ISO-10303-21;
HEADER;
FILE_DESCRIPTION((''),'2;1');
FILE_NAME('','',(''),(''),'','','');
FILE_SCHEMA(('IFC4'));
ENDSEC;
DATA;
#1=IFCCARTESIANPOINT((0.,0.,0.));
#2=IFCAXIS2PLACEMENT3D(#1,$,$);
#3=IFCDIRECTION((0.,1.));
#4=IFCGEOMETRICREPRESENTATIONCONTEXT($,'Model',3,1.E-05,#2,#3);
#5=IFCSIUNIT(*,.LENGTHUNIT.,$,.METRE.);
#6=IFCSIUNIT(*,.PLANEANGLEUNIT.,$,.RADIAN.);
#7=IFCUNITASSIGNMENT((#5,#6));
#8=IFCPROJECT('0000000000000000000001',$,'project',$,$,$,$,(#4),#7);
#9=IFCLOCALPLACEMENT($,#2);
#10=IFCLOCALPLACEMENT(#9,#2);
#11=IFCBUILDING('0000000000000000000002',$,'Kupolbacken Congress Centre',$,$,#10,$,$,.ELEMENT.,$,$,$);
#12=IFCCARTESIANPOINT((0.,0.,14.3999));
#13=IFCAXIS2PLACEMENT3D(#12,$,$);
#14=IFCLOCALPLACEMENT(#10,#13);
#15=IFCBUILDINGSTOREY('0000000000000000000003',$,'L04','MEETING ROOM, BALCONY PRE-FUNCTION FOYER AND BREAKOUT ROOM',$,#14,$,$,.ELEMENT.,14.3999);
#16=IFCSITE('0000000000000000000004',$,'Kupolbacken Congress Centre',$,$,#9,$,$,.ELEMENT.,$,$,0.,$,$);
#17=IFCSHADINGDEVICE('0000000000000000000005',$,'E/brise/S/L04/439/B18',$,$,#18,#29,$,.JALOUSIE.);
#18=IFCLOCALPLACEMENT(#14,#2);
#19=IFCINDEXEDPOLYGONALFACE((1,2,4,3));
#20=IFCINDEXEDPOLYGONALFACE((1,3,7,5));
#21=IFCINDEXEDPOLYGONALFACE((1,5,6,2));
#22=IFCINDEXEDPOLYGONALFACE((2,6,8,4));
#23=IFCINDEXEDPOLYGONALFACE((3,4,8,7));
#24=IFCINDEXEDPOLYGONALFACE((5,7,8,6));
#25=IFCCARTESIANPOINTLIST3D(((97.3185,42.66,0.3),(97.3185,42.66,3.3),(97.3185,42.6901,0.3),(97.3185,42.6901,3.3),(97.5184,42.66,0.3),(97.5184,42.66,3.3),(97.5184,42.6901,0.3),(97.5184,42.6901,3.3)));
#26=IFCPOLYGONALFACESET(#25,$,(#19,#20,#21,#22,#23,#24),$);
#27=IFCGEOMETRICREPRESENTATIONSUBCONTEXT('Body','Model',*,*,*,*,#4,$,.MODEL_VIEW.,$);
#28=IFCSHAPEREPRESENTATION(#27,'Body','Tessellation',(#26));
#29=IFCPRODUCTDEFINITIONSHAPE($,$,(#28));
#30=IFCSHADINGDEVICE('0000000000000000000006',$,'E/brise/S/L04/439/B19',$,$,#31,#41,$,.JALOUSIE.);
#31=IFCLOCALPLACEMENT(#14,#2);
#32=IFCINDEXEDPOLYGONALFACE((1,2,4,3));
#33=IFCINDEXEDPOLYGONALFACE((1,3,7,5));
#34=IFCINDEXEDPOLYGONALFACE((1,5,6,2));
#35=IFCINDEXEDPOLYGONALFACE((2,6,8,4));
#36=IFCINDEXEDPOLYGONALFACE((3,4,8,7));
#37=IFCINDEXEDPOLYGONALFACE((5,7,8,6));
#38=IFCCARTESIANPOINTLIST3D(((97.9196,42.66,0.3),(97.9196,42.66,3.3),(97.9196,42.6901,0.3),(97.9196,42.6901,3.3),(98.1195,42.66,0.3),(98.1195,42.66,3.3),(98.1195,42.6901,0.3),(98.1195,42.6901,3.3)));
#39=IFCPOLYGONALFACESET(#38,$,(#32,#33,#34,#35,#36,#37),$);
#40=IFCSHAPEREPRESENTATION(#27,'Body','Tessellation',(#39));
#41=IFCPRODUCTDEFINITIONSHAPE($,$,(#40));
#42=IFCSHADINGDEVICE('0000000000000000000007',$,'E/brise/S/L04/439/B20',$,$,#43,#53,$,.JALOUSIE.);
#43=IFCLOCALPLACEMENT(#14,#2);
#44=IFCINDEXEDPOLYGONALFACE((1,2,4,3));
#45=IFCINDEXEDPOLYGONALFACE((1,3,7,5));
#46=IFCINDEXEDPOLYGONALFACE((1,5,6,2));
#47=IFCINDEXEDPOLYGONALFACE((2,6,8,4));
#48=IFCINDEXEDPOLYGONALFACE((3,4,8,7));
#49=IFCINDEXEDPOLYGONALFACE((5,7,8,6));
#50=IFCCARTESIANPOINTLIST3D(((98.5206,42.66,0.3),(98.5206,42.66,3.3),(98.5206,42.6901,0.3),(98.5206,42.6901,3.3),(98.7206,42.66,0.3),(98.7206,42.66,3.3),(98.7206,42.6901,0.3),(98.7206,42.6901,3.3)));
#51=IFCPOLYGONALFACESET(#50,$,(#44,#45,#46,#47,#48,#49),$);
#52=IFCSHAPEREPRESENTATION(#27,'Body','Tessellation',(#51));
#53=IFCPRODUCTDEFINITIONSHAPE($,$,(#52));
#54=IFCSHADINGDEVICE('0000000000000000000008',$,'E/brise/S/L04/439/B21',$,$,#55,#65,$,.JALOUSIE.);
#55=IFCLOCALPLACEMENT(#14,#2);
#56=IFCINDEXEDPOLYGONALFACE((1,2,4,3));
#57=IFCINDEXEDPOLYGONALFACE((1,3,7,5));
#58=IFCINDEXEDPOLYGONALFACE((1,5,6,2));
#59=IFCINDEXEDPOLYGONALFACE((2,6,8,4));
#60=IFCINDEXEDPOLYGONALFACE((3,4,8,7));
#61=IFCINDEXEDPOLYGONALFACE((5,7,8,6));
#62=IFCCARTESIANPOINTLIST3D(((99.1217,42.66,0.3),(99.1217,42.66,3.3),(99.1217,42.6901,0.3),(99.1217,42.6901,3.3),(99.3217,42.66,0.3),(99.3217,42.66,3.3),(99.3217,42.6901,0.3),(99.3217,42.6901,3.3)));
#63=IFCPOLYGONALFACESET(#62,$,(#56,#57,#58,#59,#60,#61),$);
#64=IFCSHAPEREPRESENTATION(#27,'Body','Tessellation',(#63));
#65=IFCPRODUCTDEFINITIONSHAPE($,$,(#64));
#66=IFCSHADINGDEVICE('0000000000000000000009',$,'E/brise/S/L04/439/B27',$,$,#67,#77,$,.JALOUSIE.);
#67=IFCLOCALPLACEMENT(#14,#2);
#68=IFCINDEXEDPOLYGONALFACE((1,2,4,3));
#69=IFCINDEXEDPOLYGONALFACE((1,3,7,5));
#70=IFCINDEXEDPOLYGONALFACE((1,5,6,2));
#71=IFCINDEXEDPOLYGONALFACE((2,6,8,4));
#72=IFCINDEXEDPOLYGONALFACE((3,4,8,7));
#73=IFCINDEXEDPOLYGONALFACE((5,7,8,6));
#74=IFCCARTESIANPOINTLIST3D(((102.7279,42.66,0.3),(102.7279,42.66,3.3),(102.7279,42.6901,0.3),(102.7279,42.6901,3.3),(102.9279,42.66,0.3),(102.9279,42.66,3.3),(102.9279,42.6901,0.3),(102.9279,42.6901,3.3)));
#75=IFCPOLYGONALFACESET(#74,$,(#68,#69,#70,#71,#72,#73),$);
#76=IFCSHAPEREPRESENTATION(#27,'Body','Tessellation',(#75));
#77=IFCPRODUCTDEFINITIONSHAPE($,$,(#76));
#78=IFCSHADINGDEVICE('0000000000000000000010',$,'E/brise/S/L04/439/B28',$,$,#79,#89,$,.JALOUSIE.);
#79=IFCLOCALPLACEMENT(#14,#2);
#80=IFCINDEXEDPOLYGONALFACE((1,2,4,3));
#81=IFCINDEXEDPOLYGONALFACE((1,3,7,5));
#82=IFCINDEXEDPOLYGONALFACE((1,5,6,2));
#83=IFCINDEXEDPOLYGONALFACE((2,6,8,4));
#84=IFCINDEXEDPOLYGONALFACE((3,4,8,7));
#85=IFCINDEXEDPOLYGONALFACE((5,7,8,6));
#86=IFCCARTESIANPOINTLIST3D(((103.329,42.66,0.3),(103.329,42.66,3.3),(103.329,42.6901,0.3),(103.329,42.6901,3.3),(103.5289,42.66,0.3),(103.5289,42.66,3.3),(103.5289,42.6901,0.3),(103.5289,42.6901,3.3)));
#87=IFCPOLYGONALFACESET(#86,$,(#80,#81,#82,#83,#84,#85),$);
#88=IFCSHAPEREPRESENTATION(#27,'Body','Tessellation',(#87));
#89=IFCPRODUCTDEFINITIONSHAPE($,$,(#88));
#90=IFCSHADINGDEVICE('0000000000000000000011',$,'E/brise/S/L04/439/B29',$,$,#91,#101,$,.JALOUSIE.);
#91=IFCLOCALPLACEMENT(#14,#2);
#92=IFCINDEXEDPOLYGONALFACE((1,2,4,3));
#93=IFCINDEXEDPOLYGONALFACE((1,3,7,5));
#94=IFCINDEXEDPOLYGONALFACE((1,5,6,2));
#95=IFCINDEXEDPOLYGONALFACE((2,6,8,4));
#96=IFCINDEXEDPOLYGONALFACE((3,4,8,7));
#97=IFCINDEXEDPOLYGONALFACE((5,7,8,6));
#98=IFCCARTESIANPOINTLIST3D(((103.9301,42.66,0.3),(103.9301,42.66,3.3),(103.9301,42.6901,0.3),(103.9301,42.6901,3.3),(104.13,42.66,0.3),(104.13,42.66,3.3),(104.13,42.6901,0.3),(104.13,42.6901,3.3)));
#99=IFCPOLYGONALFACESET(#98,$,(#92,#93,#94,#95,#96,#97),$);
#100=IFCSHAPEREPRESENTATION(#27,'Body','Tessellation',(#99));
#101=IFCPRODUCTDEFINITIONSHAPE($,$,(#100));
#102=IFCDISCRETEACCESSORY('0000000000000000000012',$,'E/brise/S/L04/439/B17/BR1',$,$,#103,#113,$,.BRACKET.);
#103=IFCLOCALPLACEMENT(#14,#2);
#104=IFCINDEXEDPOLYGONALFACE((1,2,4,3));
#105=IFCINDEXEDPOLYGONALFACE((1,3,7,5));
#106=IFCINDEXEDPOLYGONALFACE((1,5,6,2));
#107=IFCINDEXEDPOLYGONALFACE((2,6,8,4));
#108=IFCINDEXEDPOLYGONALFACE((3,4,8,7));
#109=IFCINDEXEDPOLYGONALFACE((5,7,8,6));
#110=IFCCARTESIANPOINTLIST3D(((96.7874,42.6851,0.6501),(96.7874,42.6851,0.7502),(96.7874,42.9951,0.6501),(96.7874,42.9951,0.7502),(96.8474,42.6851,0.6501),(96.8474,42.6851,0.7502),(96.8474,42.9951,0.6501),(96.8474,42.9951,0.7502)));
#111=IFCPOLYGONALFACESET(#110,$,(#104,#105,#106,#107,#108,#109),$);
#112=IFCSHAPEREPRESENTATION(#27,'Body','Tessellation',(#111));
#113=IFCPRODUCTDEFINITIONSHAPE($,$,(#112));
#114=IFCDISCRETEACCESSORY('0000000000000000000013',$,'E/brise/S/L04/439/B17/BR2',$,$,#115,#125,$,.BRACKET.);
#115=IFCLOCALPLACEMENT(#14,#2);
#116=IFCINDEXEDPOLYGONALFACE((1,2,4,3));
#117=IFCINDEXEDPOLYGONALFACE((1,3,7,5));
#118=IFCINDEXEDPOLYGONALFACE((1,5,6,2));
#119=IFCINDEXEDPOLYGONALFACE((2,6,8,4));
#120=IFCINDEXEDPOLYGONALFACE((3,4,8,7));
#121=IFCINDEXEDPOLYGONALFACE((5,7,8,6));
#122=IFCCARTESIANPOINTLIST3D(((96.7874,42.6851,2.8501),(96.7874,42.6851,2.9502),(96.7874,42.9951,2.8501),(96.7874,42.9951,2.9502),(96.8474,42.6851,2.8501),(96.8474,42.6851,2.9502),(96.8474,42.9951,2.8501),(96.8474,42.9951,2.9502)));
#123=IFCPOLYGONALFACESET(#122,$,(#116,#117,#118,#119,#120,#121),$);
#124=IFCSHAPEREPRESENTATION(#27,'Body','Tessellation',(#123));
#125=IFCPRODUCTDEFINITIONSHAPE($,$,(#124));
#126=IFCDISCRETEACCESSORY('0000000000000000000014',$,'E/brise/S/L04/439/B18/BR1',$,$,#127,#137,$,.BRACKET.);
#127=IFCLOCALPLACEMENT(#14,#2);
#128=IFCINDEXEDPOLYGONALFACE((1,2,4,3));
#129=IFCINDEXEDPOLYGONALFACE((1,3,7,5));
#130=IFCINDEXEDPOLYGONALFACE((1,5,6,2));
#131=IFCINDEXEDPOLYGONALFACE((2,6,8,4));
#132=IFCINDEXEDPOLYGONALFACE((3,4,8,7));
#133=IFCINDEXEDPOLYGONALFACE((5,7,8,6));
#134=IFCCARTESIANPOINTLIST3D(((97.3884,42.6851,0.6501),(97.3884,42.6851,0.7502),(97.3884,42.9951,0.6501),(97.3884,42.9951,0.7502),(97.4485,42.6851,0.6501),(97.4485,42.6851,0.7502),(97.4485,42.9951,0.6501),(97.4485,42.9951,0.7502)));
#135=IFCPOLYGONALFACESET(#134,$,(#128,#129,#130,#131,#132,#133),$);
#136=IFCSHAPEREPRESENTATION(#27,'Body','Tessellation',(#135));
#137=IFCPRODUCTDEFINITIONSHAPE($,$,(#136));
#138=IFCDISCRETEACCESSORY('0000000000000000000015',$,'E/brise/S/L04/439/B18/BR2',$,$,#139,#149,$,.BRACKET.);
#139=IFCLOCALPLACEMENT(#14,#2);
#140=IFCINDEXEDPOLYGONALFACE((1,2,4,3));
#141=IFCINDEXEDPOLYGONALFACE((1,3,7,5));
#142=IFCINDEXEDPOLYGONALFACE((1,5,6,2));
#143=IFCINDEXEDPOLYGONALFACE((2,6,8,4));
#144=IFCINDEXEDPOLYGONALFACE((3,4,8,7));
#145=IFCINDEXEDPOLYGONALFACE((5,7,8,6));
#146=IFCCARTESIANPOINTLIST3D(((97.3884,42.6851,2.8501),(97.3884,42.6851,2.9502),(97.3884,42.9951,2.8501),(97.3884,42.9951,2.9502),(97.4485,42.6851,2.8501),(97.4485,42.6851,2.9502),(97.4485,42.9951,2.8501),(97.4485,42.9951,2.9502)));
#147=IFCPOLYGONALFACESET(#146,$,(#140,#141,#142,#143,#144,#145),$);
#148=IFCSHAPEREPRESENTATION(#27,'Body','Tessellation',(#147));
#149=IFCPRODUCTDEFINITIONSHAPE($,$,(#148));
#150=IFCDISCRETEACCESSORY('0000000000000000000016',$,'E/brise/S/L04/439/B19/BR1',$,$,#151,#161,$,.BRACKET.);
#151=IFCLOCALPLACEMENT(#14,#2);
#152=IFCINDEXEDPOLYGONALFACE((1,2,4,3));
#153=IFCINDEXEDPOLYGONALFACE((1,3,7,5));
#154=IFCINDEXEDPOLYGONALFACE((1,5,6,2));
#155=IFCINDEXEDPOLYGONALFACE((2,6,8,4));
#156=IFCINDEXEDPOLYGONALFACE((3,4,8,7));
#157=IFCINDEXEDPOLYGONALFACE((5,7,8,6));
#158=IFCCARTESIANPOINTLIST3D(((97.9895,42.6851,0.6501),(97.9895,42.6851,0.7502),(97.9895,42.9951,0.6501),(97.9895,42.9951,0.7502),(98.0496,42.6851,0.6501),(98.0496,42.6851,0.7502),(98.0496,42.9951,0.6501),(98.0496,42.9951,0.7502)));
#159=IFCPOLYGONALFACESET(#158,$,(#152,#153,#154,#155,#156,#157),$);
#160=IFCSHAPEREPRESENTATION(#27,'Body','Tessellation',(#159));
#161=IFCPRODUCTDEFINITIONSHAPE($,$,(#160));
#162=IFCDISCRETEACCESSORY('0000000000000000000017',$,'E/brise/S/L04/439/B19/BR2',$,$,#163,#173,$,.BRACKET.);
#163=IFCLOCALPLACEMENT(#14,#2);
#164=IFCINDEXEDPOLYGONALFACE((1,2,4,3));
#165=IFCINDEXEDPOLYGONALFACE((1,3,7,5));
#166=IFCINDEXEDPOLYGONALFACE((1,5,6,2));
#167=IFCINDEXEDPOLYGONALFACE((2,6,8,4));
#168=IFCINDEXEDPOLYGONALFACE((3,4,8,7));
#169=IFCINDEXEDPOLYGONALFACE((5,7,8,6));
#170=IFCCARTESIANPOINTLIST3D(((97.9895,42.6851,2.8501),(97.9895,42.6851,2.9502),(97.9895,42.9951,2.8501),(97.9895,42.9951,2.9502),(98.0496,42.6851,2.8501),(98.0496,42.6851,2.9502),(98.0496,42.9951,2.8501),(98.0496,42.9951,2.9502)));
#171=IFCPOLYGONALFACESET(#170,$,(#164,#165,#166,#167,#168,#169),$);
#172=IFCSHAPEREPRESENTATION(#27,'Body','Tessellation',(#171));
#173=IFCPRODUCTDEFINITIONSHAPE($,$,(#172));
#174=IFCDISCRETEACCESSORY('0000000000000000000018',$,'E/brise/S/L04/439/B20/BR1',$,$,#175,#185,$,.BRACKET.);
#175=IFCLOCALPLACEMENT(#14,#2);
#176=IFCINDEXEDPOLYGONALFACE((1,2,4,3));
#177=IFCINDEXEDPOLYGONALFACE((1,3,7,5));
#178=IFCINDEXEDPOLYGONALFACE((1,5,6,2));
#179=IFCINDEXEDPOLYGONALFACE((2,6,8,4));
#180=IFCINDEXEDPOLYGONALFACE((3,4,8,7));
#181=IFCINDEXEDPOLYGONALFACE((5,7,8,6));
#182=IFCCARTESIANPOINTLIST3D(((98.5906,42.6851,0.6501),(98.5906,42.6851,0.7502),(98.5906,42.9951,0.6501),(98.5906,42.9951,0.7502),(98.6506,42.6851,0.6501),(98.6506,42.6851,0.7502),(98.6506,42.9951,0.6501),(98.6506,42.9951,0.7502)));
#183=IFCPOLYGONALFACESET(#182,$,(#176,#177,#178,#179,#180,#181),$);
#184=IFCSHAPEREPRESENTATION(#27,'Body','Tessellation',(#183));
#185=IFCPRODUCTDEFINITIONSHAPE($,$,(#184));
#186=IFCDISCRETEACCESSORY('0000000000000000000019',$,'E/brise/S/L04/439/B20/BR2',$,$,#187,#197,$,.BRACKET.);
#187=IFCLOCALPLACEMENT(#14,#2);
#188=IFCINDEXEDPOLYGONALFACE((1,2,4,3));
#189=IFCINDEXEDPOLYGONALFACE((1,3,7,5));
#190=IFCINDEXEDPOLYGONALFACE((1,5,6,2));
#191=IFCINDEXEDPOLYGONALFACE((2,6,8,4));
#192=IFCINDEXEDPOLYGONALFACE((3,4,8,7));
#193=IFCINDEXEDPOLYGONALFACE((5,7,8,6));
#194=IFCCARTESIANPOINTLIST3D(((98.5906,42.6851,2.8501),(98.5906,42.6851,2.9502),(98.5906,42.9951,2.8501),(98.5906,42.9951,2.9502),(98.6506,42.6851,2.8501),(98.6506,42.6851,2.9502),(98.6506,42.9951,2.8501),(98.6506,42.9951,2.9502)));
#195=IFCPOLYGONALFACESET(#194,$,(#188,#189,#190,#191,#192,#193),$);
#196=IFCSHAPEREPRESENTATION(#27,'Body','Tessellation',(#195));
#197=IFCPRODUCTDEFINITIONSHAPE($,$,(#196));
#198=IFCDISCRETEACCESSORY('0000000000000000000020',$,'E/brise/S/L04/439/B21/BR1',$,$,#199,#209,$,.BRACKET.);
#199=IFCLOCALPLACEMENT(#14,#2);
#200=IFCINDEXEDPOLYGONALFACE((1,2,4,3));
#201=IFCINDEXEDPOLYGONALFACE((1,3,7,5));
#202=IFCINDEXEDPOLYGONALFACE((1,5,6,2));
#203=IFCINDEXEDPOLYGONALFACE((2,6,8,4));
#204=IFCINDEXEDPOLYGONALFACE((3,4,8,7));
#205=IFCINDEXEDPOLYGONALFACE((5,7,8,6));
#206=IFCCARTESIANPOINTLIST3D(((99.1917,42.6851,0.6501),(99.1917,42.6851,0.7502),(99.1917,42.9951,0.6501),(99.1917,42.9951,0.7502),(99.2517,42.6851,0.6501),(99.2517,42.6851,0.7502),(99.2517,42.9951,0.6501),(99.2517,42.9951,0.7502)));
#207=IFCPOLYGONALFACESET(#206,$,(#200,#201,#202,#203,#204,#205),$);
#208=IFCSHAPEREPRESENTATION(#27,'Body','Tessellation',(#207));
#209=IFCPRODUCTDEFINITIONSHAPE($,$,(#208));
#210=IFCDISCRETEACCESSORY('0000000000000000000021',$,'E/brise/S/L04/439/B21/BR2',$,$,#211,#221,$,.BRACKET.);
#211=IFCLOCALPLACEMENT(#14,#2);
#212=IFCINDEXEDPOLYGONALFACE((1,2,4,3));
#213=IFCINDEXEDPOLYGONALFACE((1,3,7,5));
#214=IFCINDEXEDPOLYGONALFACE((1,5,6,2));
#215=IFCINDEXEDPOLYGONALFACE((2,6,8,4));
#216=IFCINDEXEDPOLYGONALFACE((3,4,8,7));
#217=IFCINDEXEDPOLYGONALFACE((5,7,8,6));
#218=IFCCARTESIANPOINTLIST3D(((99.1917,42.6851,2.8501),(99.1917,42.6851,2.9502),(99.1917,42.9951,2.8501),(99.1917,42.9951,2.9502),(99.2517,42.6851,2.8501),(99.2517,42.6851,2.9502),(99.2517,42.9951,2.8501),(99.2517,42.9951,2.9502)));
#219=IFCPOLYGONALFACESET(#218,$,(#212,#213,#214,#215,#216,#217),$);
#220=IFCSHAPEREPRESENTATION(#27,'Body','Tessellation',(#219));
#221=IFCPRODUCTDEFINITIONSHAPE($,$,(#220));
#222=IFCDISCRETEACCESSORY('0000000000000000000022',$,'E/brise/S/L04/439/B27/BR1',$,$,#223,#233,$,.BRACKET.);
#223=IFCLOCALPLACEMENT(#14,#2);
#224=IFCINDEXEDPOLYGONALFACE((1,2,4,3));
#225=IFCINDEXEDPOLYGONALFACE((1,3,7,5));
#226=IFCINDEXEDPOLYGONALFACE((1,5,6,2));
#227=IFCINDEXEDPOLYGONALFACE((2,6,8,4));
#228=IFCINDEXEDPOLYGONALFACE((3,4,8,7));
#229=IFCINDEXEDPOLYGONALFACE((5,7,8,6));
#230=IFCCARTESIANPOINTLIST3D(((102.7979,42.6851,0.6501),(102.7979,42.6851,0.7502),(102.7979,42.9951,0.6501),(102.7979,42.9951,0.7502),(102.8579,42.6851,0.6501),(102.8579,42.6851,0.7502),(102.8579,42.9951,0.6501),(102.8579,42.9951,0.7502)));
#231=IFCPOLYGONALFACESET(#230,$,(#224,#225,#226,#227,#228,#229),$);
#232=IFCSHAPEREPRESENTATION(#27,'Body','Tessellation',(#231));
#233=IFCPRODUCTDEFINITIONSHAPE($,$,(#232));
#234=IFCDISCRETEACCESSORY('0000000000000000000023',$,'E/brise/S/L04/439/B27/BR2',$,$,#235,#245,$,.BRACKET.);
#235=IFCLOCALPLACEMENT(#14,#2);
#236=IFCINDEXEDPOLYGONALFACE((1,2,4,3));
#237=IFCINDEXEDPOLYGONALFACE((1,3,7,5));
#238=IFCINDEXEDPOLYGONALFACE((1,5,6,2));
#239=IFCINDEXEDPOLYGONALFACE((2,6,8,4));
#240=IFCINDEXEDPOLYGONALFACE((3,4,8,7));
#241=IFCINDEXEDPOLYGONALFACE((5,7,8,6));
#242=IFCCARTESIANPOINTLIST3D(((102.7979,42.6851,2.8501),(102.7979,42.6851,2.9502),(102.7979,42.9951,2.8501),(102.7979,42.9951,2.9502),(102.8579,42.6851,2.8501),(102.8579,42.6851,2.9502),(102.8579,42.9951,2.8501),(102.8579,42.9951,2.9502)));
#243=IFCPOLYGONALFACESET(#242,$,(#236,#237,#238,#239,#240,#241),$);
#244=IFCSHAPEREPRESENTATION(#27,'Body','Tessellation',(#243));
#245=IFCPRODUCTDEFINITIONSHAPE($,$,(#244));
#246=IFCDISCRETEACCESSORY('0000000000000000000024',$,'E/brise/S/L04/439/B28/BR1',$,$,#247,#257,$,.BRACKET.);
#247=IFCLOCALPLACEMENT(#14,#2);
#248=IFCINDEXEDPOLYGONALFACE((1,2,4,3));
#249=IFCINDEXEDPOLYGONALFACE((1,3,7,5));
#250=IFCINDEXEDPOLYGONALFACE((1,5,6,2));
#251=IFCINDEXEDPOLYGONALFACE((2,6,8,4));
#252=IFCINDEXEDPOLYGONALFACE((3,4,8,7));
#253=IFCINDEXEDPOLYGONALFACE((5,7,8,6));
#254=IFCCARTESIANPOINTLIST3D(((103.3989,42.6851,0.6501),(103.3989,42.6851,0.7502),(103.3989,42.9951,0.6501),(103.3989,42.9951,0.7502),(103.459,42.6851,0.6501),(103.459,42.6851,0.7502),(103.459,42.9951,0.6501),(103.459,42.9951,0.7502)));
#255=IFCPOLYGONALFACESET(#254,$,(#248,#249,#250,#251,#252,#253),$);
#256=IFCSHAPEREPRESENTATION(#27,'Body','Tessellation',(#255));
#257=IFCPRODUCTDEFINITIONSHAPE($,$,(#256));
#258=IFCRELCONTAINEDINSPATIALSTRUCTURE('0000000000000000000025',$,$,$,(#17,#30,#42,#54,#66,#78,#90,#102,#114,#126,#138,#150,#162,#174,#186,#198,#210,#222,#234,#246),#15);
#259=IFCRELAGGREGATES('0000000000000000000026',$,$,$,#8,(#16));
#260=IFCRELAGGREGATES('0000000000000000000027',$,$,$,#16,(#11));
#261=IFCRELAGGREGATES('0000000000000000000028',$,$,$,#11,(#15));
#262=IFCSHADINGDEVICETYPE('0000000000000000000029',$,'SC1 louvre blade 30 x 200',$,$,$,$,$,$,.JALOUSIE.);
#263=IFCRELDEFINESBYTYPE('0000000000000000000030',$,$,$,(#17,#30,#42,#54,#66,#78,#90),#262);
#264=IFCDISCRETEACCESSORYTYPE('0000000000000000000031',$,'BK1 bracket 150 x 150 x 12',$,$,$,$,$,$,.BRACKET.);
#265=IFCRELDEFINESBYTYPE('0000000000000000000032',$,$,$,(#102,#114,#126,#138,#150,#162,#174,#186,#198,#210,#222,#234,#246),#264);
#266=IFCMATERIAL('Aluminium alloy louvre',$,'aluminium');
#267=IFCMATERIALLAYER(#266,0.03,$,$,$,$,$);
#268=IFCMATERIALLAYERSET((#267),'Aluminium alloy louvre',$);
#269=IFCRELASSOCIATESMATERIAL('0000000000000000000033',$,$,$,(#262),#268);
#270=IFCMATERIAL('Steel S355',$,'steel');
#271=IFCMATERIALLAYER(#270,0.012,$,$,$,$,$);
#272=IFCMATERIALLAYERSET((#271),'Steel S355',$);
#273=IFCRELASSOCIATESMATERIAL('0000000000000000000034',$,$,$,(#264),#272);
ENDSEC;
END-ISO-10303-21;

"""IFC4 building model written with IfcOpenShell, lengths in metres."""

from ifc_helpers import new_model, si_unit, direction, frame, origin, origin_2d, place, context, subcontext, project, spatial, rectangle, extrude, material, layer, layer_set, type_object, element, save


model = new_model("IFC4")

# Units and contexts
model_context = context("Model", 3, precision=1e-05, world=origin(), true_north=direction((0.0, 1.0)))
body_context = subcontext(model_context, "Body", "Model", "MODEL_VIEW")
ifc_project = project(units=[si_unit("LENGTHUNIT", "METRE"), si_unit("PLANEANGLEUNIT", "RADIAN")], contexts=[model_context])

# Site, building, storey
site_placement = place(None, origin())
site = spatial("IfcSite", under=ifc_project, at=site_placement, Name="Kupolbacken Congress Centre", CompositionType="ELEMENT", RefElevation=0.0)
building_placement = place(site_placement, origin())
building = spatial("IfcBuilding", under=site, at=building_placement, Name="Kupolbacken Congress Centre", CompositionType="ELEMENT")
storey_placement = place(building_placement, frame((0.0, 0.0, 14.3999)))
storey = spatial("IfcBuildingStorey", under=building, at=storey_placement, Name="L04", Description="MEETING ROOM, BALCONY PRE-FUNCTION FOYER AND BREAKOUT ROOM", CompositionType="ELEMENT", Elevation=14.3999)

# Shading devices
ifc_material_1 = material(Name="Aluminium alloy louvre", Category="aluminium")
ifc_layer_1 = layer(ifc_material_1, 0.03)
ifc_layer_set_1 = layer_set([ifc_layer_1], Name="Aluminium alloy louvre")
shading_device_type = type_object("IfcShadingDeviceType", Name="SC1 louvre blade 30 x 200", PredefinedType="JALOUSIE", material=ifc_layer_set_1)
for number, where, z_axis, x_axis, name in (
    (1, (97.4185, 42.675, 0.3), (0.0, 0.0, 1.0), (1.0, 0.0, 0.0), "E/brise/S/L04/439/B18"),
    (2, (98.0195, 42.675, 0.3), (0.0, 0.0, 1.0), (1.0, 0.0, 0.0), "E/brise/S/L04/439/B19"),
    (3, (98.6206, 42.675, 0.3), (0.0, 0.0, 1.0), (1.0, 0.0, 0.0), "E/brise/S/L04/439/B20"),
    (4, (99.2217, 42.675, 0.3), (0.0, 0.0, 1.0), (1.0, 0.0, 0.0), "E/brise/S/L04/439/B21"),
    (5, (102.8279, 42.675, 0.3), (0.0, 0.0, 1.0), (1.0, 0.0, 0.0), "E/brise/S/L04/439/B27"),
    (6, (103.429, 42.675, 0.3), (0.0, 0.0, 1.0), (1.0, 0.0, 0.0), "E/brise/S/L04/439/B28"),
    (7, (104.03, 42.675, 0.3), (0.0, 0.0, 1.0), (1.0, 0.0, 0.0), "E/brise/S/L04/439/B29"),
):
    element("IfcShadingDevice", number, at=place(storey_placement, frame(where, z_axis=z_axis, x_axis=x_axis)), inside=storey, type_object=shading_device_type, Name=name, PredefinedType="JALOUSIE", context=body_context, shape_type="SweptSolid", body=[
        extrude(rectangle(XDim=0.2, YDim=0.03, at=origin_2d()), origin(), (0.0, 0.0, 1.0), 3.0),
    ])

# Discrete accessories
ifc_material_2 = material(Name="Steel S355", Category="steel")
ifc_layer_2 = layer(ifc_material_2, 0.012)
ifc_layer_set_2 = layer_set([ifc_layer_2], Name="Steel S355")
discrete_accessory_type = type_object("IfcDiscreteAccessoryType", Name="BK1 bracket 150 x 150 x 12", PredefinedType="BRACKET", material=ifc_layer_set_2)
for number, where, z_axis, x_axis, name in (
    (8, (96.8174, 42.8401, 0.6501), (0.0, 0.0, 1.0), (1.0, 0.0, 0.0), "E/brise/S/L04/439/B17/BR1"),
    (9, (96.8174, 42.8401, 2.8501), (0.0, 0.0, 1.0), (1.0, 0.0, 0.0), "E/brise/S/L04/439/B17/BR2"),
    (10, (97.4185, 42.8401, 0.6501), (0.0, 0.0, 1.0), (1.0, 0.0, 0.0), "E/brise/S/L04/439/B18/BR1"),
    (11, (97.4185, 42.8401, 2.8501), (0.0, 0.0, 1.0), (1.0, 0.0, 0.0), "E/brise/S/L04/439/B18/BR2"),
    (12, (98.0195, 42.8401, 0.6501), (0.0, 0.0, 1.0), (1.0, 0.0, 0.0), "E/brise/S/L04/439/B19/BR1"),
    (13, (98.0195, 42.8401, 2.8501), (0.0, 0.0, 1.0), (1.0, 0.0, 0.0), "E/brise/S/L04/439/B19/BR2"),
    (14, (98.6206, 42.8401, 0.6501), (0.0, 0.0, 1.0), (1.0, 0.0, 0.0), "E/brise/S/L04/439/B20/BR1"),
    (15, (98.6206, 42.8401, 2.8501), (0.0, 0.0, 1.0), (1.0, 0.0, 0.0), "E/brise/S/L04/439/B20/BR2"),
    (16, (99.2217, 42.8401, 0.6501), (0.0, 0.0, 1.0), (1.0, 0.0, 0.0), "E/brise/S/L04/439/B21/BR1"),
    (17, (99.2217, 42.8401, 2.8501), (0.0, 0.0, 1.0), (1.0, 0.0, 0.0), "E/brise/S/L04/439/B21/BR2"),
    (18, (102.8279, 42.8401, 0.6501), (0.0, 0.0, 1.0), (1.0, 0.0, 0.0), "E/brise/S/L04/439/B27/BR1"),
    (19, (102.8279, 42.8401, 2.8501), (0.0, 0.0, 1.0), (1.0, 0.0, 0.0), "E/brise/S/L04/439/B27/BR2"),
    (20, (103.429, 42.8401, 0.6501), (0.0, 0.0, 1.0), (1.0, 0.0, 0.0), "E/brise/S/L04/439/B28/BR1"),
):
    element("IfcDiscreteAccessory", number, at=place(storey_placement, frame(where, z_axis=z_axis, x_axis=x_axis)), inside=storey, type_object=discrete_accessory_type, Name=name, PredefinedType="BRACKET", context=body_context, shape_type="SweptSolid", body=[
        extrude(rectangle(XDim=0.0601, YDim=0.3101, at=origin_2d()), origin(), (0.0, 0.0, 1.0), 0.1001),
    ])

save(model, "model.ifc")
